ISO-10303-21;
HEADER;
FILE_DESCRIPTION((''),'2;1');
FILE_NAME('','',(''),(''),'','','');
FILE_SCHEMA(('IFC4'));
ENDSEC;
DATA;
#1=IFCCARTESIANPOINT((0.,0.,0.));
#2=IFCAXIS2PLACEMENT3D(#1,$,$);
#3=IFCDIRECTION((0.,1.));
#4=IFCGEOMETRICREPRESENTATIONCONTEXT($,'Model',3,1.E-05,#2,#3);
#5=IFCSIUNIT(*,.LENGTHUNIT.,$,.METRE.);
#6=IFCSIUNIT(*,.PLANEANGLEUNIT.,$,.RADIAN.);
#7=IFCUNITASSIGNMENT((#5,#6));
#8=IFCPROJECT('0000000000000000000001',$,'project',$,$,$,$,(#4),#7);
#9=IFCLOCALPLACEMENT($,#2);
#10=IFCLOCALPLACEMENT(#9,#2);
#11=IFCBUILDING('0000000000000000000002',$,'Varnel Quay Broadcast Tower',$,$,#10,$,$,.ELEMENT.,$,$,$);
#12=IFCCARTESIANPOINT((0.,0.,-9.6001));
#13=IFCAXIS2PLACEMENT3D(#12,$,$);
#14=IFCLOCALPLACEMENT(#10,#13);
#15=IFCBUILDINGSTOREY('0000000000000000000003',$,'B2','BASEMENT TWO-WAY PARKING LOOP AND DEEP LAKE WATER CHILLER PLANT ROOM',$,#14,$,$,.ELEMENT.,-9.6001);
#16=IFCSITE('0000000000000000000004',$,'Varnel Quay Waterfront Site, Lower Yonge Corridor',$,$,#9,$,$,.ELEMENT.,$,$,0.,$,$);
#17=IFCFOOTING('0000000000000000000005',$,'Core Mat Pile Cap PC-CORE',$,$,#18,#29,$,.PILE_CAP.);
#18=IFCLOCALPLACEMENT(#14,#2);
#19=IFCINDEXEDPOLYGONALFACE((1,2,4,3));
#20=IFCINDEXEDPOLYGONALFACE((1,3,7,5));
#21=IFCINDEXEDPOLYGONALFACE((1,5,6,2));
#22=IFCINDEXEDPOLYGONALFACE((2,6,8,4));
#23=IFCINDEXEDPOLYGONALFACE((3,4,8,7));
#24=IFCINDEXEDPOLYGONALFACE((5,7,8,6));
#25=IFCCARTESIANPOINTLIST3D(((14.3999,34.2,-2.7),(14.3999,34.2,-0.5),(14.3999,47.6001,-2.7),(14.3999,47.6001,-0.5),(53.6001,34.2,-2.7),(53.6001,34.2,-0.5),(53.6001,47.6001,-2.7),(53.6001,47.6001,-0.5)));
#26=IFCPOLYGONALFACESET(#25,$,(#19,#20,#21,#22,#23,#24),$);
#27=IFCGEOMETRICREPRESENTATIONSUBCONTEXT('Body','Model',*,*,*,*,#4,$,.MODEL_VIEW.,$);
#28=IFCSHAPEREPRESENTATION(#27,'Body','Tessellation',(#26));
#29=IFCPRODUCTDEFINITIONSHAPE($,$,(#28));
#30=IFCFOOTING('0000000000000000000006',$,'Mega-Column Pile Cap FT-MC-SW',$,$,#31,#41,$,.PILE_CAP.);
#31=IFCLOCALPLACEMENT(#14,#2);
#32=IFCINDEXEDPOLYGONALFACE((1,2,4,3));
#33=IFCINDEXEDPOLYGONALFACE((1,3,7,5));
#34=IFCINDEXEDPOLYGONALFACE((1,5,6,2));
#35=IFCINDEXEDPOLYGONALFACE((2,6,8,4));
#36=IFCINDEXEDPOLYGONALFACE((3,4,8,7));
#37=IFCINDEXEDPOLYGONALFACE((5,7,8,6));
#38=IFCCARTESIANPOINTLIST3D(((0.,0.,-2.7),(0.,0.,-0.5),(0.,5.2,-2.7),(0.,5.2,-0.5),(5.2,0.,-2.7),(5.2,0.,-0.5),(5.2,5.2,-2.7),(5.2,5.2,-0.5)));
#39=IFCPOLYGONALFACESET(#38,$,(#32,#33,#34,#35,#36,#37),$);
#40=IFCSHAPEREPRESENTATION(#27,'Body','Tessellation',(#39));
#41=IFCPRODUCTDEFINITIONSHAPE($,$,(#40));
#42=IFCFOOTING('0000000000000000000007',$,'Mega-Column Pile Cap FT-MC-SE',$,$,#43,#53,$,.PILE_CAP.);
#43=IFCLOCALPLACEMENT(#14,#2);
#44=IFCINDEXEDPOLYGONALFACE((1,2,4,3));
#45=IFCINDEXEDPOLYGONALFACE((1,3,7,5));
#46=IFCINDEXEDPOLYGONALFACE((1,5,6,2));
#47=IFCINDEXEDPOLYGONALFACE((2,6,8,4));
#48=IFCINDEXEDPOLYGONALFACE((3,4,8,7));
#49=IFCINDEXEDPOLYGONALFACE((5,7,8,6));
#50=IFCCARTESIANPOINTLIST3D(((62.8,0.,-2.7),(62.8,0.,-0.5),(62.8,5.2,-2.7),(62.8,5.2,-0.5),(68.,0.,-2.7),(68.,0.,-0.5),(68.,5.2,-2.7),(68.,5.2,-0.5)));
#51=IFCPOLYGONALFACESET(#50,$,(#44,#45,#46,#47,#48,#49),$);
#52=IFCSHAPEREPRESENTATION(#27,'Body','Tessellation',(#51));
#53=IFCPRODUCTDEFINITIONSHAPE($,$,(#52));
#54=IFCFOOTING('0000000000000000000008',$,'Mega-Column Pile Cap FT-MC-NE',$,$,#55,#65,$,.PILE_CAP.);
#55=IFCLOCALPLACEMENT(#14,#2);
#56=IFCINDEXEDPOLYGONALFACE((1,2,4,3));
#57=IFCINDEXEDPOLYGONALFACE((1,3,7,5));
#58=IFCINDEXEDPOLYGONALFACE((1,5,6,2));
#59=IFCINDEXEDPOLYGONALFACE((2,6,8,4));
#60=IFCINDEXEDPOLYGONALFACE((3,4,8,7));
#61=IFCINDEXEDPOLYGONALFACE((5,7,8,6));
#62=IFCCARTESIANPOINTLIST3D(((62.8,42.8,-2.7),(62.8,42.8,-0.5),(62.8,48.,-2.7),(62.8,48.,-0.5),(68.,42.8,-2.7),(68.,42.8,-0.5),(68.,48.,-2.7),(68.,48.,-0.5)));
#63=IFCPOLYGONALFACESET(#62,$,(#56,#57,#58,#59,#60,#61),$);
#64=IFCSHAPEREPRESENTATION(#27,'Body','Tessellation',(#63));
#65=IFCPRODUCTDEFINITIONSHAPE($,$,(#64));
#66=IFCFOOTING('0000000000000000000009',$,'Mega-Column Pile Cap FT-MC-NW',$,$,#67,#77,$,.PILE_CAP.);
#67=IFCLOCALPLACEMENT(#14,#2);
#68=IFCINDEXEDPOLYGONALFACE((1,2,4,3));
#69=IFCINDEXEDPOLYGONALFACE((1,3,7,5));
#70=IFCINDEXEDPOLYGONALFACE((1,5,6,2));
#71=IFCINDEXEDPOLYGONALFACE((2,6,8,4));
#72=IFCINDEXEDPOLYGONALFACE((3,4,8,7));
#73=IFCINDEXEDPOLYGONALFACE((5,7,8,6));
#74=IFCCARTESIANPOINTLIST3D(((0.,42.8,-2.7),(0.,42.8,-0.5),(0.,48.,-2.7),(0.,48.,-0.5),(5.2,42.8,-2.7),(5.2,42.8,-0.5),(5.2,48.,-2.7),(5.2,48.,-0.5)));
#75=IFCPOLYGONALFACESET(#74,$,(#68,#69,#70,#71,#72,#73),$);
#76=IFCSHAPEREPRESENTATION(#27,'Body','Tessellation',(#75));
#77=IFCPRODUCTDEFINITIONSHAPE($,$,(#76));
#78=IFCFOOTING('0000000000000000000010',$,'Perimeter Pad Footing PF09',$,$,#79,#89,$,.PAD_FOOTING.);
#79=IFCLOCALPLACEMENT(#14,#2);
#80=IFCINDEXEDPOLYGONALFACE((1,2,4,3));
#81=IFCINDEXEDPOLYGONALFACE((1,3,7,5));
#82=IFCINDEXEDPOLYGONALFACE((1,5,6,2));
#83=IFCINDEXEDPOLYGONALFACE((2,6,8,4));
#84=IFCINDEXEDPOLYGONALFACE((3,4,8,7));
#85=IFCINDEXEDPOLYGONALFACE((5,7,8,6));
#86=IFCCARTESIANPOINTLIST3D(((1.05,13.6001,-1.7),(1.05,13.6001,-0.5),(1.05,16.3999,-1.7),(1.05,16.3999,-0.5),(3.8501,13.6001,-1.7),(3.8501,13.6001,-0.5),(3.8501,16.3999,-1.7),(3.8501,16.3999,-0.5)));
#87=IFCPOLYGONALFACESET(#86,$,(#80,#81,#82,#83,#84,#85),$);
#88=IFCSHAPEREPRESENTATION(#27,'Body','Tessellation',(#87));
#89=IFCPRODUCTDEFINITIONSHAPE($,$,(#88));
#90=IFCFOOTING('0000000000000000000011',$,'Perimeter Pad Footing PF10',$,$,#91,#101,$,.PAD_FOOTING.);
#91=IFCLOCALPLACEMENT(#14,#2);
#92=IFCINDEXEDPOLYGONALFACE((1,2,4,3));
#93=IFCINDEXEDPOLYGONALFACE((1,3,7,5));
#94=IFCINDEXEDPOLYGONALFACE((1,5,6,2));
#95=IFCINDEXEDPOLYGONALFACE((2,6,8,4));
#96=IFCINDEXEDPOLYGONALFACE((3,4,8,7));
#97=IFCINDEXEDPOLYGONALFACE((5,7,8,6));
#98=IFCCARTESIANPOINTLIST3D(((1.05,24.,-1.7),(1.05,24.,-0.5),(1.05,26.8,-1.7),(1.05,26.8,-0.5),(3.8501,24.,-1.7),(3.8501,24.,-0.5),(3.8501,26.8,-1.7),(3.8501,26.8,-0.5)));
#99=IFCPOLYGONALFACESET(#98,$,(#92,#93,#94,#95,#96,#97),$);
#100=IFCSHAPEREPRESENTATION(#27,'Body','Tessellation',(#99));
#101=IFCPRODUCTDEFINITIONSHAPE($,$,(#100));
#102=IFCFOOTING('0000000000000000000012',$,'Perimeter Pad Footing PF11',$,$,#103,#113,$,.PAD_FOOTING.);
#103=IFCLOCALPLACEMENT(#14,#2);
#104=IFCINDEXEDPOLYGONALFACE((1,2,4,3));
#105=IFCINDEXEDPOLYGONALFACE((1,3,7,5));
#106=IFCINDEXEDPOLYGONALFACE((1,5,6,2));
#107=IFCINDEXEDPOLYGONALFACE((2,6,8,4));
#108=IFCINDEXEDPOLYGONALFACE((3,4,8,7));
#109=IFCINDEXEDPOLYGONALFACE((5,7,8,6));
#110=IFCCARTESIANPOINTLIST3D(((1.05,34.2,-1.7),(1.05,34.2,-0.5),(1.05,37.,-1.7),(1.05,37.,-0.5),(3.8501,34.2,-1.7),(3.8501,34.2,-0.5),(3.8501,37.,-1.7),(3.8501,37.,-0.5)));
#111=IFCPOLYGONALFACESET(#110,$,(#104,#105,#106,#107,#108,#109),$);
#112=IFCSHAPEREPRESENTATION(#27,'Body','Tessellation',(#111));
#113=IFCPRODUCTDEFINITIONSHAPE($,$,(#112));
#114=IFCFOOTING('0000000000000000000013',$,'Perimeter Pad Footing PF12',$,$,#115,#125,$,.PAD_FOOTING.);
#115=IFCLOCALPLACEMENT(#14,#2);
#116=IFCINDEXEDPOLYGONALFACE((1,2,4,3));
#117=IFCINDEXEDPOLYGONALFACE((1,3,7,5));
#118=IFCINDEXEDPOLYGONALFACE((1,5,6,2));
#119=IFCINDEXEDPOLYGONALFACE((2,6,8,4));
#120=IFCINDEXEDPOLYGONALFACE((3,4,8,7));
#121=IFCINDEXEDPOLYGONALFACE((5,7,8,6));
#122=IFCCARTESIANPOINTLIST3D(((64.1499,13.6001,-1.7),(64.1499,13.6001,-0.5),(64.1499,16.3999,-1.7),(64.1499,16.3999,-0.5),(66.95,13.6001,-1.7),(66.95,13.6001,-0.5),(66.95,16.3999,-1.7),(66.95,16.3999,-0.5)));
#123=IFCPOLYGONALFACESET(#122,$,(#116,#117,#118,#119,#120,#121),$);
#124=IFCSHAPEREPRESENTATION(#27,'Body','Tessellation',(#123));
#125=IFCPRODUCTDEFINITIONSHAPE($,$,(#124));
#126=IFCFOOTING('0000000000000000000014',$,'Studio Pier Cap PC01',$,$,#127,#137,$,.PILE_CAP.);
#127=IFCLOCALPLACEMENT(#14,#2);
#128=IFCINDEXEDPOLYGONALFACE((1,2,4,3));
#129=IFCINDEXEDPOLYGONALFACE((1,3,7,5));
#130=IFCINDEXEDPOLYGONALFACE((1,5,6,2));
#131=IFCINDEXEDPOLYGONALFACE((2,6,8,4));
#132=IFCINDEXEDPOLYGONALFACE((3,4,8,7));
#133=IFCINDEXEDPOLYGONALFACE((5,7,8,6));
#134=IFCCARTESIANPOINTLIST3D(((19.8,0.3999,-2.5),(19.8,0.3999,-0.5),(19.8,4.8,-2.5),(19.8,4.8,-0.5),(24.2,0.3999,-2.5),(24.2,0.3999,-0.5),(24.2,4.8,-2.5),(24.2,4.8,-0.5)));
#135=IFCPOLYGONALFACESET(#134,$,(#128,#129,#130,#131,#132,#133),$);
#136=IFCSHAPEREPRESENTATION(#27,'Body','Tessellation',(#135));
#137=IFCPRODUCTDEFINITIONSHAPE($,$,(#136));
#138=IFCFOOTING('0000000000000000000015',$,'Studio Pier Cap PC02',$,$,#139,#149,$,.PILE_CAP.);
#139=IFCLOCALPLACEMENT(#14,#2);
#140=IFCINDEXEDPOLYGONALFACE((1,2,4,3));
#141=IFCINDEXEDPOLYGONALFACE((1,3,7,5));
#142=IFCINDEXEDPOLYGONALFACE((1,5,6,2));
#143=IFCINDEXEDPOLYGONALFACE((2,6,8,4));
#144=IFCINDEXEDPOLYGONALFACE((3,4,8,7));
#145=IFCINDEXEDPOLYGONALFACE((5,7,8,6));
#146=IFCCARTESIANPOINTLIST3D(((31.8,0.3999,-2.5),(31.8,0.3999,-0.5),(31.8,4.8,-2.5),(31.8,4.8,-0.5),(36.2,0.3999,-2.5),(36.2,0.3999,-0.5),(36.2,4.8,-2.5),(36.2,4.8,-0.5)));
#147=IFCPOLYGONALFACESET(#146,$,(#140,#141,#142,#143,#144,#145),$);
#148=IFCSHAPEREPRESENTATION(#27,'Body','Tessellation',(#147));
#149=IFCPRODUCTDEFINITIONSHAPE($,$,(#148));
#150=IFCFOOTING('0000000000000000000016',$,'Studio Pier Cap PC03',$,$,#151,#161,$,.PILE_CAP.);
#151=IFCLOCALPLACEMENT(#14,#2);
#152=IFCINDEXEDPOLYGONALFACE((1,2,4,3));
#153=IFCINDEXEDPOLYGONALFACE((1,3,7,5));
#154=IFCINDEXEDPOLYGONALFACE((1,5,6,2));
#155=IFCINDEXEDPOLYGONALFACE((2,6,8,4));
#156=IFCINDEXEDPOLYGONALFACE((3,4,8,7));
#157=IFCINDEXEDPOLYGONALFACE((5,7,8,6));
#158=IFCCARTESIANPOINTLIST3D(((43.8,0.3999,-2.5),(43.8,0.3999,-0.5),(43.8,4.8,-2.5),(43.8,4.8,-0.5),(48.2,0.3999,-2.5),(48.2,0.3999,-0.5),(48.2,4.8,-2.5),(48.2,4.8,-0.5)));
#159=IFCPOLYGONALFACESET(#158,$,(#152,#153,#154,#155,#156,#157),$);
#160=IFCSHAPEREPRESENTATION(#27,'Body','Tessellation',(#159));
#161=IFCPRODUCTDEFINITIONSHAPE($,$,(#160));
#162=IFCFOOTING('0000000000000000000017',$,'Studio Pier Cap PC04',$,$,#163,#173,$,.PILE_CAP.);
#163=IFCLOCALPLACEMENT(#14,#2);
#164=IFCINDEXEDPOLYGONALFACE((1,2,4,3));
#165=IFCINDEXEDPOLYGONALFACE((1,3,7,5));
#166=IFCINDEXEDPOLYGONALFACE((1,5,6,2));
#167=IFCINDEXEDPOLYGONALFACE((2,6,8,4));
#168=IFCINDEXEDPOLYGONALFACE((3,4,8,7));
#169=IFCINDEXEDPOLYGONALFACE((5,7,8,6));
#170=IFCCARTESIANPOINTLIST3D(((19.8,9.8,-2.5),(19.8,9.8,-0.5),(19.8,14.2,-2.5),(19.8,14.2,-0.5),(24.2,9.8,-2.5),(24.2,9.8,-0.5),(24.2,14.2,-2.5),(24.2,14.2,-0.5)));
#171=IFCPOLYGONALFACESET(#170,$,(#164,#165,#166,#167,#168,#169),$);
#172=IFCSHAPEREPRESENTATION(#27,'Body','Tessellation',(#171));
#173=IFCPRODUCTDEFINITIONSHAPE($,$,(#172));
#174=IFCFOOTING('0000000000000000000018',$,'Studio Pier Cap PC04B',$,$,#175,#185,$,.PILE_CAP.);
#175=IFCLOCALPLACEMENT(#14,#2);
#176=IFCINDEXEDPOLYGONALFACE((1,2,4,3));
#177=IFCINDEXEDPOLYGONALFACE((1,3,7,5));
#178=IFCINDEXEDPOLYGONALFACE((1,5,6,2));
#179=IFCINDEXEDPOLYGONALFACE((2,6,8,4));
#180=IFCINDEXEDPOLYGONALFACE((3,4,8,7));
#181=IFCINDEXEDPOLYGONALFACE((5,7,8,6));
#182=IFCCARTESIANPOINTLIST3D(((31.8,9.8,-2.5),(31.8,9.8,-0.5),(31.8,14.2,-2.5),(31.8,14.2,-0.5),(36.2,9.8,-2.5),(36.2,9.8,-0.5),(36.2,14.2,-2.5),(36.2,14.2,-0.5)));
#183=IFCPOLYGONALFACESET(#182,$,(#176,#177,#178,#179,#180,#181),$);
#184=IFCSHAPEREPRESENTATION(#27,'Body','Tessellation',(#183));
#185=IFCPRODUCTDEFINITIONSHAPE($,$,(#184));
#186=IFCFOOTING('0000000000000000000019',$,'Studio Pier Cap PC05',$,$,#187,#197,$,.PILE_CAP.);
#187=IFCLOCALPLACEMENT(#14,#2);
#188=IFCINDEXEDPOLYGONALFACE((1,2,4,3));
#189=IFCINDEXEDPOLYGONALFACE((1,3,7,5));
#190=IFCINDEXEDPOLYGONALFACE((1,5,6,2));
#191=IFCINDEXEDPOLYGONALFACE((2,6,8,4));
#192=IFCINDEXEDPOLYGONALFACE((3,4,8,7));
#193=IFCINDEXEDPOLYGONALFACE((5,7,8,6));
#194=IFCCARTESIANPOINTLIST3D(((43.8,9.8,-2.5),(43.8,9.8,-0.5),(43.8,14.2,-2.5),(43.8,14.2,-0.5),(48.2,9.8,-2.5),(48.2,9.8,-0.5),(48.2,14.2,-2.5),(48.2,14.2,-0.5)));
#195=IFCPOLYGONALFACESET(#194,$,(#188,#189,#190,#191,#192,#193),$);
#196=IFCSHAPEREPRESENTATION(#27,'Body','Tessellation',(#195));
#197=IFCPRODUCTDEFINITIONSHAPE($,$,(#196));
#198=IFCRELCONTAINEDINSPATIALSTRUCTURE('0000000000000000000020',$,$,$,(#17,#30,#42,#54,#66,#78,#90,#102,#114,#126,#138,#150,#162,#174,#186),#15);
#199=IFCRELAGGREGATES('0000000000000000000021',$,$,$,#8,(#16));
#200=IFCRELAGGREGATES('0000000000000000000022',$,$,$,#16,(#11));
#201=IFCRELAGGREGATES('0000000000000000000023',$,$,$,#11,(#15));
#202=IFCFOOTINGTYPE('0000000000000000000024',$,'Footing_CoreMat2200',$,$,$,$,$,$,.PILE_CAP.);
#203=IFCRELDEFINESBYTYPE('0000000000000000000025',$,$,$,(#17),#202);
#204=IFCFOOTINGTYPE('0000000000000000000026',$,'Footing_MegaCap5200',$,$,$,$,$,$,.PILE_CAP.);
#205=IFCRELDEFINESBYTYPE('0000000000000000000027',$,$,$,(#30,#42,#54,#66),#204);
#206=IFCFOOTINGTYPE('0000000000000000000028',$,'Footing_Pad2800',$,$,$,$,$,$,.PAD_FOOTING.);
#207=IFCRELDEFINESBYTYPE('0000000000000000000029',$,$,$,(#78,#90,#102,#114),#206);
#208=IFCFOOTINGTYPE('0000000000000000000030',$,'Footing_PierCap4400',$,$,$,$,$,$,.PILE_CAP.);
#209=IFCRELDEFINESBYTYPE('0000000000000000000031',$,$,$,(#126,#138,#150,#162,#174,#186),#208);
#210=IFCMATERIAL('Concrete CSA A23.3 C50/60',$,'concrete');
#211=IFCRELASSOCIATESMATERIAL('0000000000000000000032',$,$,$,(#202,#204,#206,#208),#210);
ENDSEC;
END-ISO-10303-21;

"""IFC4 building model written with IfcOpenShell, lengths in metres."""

from ifc_helpers import new_model, si_unit, direction, frame, origin, place, context, subcontext, project, spatial, polyline, outline, extrude, material, type_object, element, save


model = new_model("IFC4")

# Units and contexts
model_context = context("Model", 3, precision=1e-05, world=origin(), true_north=direction((0.0, 1.0)))
body_context = subcontext(model_context, "Body", "Model", "MODEL_VIEW")
ifc_project = project(units=[si_unit("LENGTHUNIT", "METRE"), si_unit("PLANEANGLEUNIT", "RADIAN")], contexts=[model_context])

# Site, building, storey
site_placement = place(None, origin())
site = spatial("IfcSite", under=ifc_project, at=site_placement, Name="Varnel Quay Waterfront Site, Lower Yonge Corridor", CompositionType="ELEMENT", RefElevation=0.0)
building_placement = place(site_placement, origin())
building = spatial("IfcBuilding", under=site, at=building_placement, Name="Varnel Quay Broadcast Tower", CompositionType="ELEMENT")
storey_placement = place(building_placement, frame((0.0, 0.0, -9.6001)))
storey = spatial("IfcBuildingStorey", under=building, at=storey_placement, Name="B2", Description="BASEMENT TWO-WAY PARKING LOOP AND DEEP LAKE WATER CHILLER PLANT ROOM", CompositionType="ELEMENT", Elevation=-9.6001)

# Footings
ifc_material = material(Name="Concrete CSA A23.3 C50/60", Category="concrete")
footing_type_1 = type_object("IfcFootingType", Name="Footing_CoreMat2200", PredefinedType="PILE_CAP", material=ifc_material)
footing_1_placement = place(storey_placement, frame((0.0, 0.0, -2.7)))
element("IfcFooting", 1, at=footing_1_placement, inside=storey, type_object=footing_type_1, Name="Core Mat Pile Cap PC-CORE", PredefinedType="PILE_CAP", context=body_context, shape_type="SweptSolid", body=[
    extrude(outline(polyline([(14.3999, 34.2), (53.6001, 34.2), (53.6001, 47.6001), (14.3999, 47.6001), (14.3999, 34.2)])), origin(), (0.0, 0.0, 1.0), 2.2),
])
footing_type_2 = type_object("IfcFootingType", Name="Footing_MegaCap5200", PredefinedType="PILE_CAP", material=ifc_material)
footing_2_placement = place(storey_placement, frame((0.0, 0.0, -2.7)))
element("IfcFooting", 2, at=footing_2_placement, inside=storey, type_object=footing_type_2, Name="Mega-Column Pile Cap FT-MC-SW", PredefinedType="PILE_CAP", context=body_context, shape_type="SweptSolid", body=[
    extrude(outline(polyline([(0.0, 0.0), (5.2, 0.0), (5.2, 5.2), (0.0, 5.2), (0.0, 0.0)])), origin(), (0.0, 0.0, 1.0), 2.2),
])
footing_3_placement = place(storey_placement, frame((0.0, 0.0, -2.7)))
element("IfcFooting", 3, at=footing_3_placement, inside=storey, type_object=footing_type_2, Name="Mega-Column Pile Cap FT-MC-SE", PredefinedType="PILE_CAP", context=body_context, shape_type="SweptSolid", body=[
    extrude(outline(polyline([(62.8, 0.0), (68.0, 0.0), (68.0, 5.2), (62.8, 5.2), (62.8, 0.0)])), origin(), (0.0, 0.0, 1.0), 2.2),
])
footing_4_placement = place(storey_placement, frame((0.0, 0.0, -2.7)))
element("IfcFooting", 4, at=footing_4_placement, inside=storey, type_object=footing_type_2, Name="Mega-Column Pile Cap FT-MC-NE", PredefinedType="PILE_CAP", context=body_context, shape_type="SweptSolid", body=[
    extrude(outline(polyline([(62.8, 42.8), (68.0, 42.8), (68.0, 48.0), (62.8, 48.0), (62.8, 42.8)])), origin(), (0.0, 0.0, 1.0), 2.2),
])
footing_5_placement = place(storey_placement, frame((0.0, 0.0, -2.7)))
element("IfcFooting", 5, at=footing_5_placement, inside=storey, type_object=footing_type_2, Name="Mega-Column Pile Cap FT-MC-NW", PredefinedType="PILE_CAP", context=body_context, shape_type="SweptSolid", body=[
    extrude(outline(polyline([(0.0, 42.8), (5.2, 42.8), (5.2, 48.0), (0.0, 48.0), (0.0, 42.8)])), origin(), (0.0, 0.0, 1.0), 2.2),
])
footing_type_3 = type_object("IfcFootingType", Name="Footing_Pad2800", PredefinedType="PAD_FOOTING", material=ifc_material)
footing_6_placement = place(storey_placement, frame((0.0, 0.0, -1.7)))
element("IfcFooting", 6, at=footing_6_placement, inside=storey, type_object=footing_type_3, Name="Perimeter Pad Footing PF09", PredefinedType="PAD_FOOTING", context=body_context, shape_type="SweptSolid", body=[
    extrude(outline(polyline([(1.05, 13.6001), (3.8501, 13.6001), (3.8501, 16.3999), (1.05, 16.3999), (1.05, 13.6001)])), origin(), (0.0, 0.0, 1.0), 1.2),
])
footing_7_placement = place(storey_placement, frame((0.0, 0.0, -1.7)))
element("IfcFooting", 7, at=footing_7_placement, inside=storey, type_object=footing_type_3, Name="Perimeter Pad Footing PF10", PredefinedType="PAD_FOOTING", context=body_context, shape_type="SweptSolid", body=[
    extrude(outline(polyline([(1.05, 24.0), (3.8501, 24.0), (3.8501, 26.8), (1.05, 26.8), (1.05, 24.0)])), origin(), (0.0, 0.0, 1.0), 1.2),
])
footing_8_placement = place(storey_placement, frame((0.0, 0.0, -1.7)))
element("IfcFooting", 8, at=footing_8_placement, inside=storey, type_object=footing_type_3, Name="Perimeter Pad Footing PF11", PredefinedType="PAD_FOOTING", context=body_context, shape_type="SweptSolid", body=[
    extrude(outline(polyline([(1.05, 34.2), (3.8501, 34.2), (3.8501, 37.0), (1.05, 37.0), (1.05, 34.2)])), origin(), (0.0, 0.0, 1.0), 1.2),
])
footing_9_placement = place(storey_placement, frame((0.0, 0.0, -1.7)))
element("IfcFooting", 9, at=footing_9_placement, inside=storey, type_object=footing_type_3, Name="Perimeter Pad Footing PF12", PredefinedType="PAD_FOOTING", context=body_context, shape_type="SweptSolid", body=[
    extrude(outline(polyline([(64.1499, 13.6001), (66.95, 13.6001), (66.95, 16.3999), (64.1499, 16.3999), (64.1499, 13.6001)])), origin(), (0.0, 0.0, 1.0), 1.2),
])
footing_type_4 = type_object("IfcFootingType", Name="Footing_PierCap4400", PredefinedType="PILE_CAP", material=ifc_material)
footing_10_placement = place(storey_placement, frame((0.0, 0.0, -2.5)))
element("IfcFooting", 10, at=footing_10_placement, inside=storey, type_object=footing_type_4, Name="Studio Pier Cap PC01", PredefinedType="PILE_CAP", context=body_context, shape_type="SweptSolid", body=[
    extrude(outline(polyline([(19.8, 0.3999), (24.2, 0.3999), (24.2, 4.8), (19.8, 4.8), (19.8, 0.3999)])), origin(), (0.0, 0.0, 1.0), 2.0),
])
footing_11_placement = place(storey_placement, frame((0.0, 0.0, -2.5)))
element("IfcFooting", 11, at=footing_11_placement, inside=storey, type_object=footing_type_4, Name="Studio Pier Cap PC02", PredefinedType="PILE_CAP", context=body_context, shape_type="SweptSolid", body=[
    extrude(outline(polyline([(31.8, 0.3999), (36.2, 0.3999), (36.2, 4.8), (31.8, 4.8), (31.8, 0.3999)])), origin(), (0.0, 0.0, 1.0), 2.0),
])
footing_12_placement = place(storey_placement, frame((0.0, 0.0, -2.5)))
element("IfcFooting", 12, at=footing_12_placement, inside=storey, type_object=footing_type_4, Name="Studio Pier Cap PC03", PredefinedType="PILE_CAP", context=body_context, shape_type="SweptSolid", body=[
    extrude(outline(polyline([(43.8, 0.3999), (48.2, 0.3999), (48.2, 4.8), (43.8, 4.8), (43.8, 0.3999)])), origin(), (0.0, 0.0, 1.0), 2.0),
])
footing_13_placement = place(storey_placement, frame((0.0, 0.0, -2.5)))
element("IfcFooting", 13, at=footing_13_placement, inside=storey, type_object=footing_type_4, Name="Studio Pier Cap PC04", PredefinedType="PILE_CAP", context=body_context, shape_type="SweptSolid", body=[
    extrude(outline(polyline([(19.8, 9.8), (24.2, 9.8), (24.2, 14.2), (19.8, 14.2), (19.8, 9.8)])), origin(), (0.0, 0.0, 1.0), 2.0),
])
footing_14_placement = place(storey_placement, frame((0.0, 0.0, -2.5)))
element("IfcFooting", 14, at=footing_14_placement, inside=storey, type_object=footing_type_4, Name="Studio Pier Cap PC04B", PredefinedType="PILE_CAP", context=body_context, shape_type="SweptSolid", body=[
    extrude(outline(polyline([(31.8, 9.8), (36.2, 9.8), (36.2, 14.2), (31.8, 14.2), (31.8, 9.8)])), origin(), (0.0, 0.0, 1.0), 2.0),
])
footing_15_placement = place(storey_placement, frame((0.0, 0.0, -2.5)))
element("IfcFooting", 15, at=footing_15_placement, inside=storey, type_object=footing_type_4, Name="Studio Pier Cap PC05", PredefinedType="PILE_CAP", context=body_context, shape_type="SweptSolid", body=[
    extrude(outline(polyline([(43.8, 9.8), (48.2, 9.8), (48.2, 14.2), (43.8, 14.2), (43.8, 9.8)])), origin(), (0.0, 0.0, 1.0), 2.0),
])

save(model, "model.ifc")
